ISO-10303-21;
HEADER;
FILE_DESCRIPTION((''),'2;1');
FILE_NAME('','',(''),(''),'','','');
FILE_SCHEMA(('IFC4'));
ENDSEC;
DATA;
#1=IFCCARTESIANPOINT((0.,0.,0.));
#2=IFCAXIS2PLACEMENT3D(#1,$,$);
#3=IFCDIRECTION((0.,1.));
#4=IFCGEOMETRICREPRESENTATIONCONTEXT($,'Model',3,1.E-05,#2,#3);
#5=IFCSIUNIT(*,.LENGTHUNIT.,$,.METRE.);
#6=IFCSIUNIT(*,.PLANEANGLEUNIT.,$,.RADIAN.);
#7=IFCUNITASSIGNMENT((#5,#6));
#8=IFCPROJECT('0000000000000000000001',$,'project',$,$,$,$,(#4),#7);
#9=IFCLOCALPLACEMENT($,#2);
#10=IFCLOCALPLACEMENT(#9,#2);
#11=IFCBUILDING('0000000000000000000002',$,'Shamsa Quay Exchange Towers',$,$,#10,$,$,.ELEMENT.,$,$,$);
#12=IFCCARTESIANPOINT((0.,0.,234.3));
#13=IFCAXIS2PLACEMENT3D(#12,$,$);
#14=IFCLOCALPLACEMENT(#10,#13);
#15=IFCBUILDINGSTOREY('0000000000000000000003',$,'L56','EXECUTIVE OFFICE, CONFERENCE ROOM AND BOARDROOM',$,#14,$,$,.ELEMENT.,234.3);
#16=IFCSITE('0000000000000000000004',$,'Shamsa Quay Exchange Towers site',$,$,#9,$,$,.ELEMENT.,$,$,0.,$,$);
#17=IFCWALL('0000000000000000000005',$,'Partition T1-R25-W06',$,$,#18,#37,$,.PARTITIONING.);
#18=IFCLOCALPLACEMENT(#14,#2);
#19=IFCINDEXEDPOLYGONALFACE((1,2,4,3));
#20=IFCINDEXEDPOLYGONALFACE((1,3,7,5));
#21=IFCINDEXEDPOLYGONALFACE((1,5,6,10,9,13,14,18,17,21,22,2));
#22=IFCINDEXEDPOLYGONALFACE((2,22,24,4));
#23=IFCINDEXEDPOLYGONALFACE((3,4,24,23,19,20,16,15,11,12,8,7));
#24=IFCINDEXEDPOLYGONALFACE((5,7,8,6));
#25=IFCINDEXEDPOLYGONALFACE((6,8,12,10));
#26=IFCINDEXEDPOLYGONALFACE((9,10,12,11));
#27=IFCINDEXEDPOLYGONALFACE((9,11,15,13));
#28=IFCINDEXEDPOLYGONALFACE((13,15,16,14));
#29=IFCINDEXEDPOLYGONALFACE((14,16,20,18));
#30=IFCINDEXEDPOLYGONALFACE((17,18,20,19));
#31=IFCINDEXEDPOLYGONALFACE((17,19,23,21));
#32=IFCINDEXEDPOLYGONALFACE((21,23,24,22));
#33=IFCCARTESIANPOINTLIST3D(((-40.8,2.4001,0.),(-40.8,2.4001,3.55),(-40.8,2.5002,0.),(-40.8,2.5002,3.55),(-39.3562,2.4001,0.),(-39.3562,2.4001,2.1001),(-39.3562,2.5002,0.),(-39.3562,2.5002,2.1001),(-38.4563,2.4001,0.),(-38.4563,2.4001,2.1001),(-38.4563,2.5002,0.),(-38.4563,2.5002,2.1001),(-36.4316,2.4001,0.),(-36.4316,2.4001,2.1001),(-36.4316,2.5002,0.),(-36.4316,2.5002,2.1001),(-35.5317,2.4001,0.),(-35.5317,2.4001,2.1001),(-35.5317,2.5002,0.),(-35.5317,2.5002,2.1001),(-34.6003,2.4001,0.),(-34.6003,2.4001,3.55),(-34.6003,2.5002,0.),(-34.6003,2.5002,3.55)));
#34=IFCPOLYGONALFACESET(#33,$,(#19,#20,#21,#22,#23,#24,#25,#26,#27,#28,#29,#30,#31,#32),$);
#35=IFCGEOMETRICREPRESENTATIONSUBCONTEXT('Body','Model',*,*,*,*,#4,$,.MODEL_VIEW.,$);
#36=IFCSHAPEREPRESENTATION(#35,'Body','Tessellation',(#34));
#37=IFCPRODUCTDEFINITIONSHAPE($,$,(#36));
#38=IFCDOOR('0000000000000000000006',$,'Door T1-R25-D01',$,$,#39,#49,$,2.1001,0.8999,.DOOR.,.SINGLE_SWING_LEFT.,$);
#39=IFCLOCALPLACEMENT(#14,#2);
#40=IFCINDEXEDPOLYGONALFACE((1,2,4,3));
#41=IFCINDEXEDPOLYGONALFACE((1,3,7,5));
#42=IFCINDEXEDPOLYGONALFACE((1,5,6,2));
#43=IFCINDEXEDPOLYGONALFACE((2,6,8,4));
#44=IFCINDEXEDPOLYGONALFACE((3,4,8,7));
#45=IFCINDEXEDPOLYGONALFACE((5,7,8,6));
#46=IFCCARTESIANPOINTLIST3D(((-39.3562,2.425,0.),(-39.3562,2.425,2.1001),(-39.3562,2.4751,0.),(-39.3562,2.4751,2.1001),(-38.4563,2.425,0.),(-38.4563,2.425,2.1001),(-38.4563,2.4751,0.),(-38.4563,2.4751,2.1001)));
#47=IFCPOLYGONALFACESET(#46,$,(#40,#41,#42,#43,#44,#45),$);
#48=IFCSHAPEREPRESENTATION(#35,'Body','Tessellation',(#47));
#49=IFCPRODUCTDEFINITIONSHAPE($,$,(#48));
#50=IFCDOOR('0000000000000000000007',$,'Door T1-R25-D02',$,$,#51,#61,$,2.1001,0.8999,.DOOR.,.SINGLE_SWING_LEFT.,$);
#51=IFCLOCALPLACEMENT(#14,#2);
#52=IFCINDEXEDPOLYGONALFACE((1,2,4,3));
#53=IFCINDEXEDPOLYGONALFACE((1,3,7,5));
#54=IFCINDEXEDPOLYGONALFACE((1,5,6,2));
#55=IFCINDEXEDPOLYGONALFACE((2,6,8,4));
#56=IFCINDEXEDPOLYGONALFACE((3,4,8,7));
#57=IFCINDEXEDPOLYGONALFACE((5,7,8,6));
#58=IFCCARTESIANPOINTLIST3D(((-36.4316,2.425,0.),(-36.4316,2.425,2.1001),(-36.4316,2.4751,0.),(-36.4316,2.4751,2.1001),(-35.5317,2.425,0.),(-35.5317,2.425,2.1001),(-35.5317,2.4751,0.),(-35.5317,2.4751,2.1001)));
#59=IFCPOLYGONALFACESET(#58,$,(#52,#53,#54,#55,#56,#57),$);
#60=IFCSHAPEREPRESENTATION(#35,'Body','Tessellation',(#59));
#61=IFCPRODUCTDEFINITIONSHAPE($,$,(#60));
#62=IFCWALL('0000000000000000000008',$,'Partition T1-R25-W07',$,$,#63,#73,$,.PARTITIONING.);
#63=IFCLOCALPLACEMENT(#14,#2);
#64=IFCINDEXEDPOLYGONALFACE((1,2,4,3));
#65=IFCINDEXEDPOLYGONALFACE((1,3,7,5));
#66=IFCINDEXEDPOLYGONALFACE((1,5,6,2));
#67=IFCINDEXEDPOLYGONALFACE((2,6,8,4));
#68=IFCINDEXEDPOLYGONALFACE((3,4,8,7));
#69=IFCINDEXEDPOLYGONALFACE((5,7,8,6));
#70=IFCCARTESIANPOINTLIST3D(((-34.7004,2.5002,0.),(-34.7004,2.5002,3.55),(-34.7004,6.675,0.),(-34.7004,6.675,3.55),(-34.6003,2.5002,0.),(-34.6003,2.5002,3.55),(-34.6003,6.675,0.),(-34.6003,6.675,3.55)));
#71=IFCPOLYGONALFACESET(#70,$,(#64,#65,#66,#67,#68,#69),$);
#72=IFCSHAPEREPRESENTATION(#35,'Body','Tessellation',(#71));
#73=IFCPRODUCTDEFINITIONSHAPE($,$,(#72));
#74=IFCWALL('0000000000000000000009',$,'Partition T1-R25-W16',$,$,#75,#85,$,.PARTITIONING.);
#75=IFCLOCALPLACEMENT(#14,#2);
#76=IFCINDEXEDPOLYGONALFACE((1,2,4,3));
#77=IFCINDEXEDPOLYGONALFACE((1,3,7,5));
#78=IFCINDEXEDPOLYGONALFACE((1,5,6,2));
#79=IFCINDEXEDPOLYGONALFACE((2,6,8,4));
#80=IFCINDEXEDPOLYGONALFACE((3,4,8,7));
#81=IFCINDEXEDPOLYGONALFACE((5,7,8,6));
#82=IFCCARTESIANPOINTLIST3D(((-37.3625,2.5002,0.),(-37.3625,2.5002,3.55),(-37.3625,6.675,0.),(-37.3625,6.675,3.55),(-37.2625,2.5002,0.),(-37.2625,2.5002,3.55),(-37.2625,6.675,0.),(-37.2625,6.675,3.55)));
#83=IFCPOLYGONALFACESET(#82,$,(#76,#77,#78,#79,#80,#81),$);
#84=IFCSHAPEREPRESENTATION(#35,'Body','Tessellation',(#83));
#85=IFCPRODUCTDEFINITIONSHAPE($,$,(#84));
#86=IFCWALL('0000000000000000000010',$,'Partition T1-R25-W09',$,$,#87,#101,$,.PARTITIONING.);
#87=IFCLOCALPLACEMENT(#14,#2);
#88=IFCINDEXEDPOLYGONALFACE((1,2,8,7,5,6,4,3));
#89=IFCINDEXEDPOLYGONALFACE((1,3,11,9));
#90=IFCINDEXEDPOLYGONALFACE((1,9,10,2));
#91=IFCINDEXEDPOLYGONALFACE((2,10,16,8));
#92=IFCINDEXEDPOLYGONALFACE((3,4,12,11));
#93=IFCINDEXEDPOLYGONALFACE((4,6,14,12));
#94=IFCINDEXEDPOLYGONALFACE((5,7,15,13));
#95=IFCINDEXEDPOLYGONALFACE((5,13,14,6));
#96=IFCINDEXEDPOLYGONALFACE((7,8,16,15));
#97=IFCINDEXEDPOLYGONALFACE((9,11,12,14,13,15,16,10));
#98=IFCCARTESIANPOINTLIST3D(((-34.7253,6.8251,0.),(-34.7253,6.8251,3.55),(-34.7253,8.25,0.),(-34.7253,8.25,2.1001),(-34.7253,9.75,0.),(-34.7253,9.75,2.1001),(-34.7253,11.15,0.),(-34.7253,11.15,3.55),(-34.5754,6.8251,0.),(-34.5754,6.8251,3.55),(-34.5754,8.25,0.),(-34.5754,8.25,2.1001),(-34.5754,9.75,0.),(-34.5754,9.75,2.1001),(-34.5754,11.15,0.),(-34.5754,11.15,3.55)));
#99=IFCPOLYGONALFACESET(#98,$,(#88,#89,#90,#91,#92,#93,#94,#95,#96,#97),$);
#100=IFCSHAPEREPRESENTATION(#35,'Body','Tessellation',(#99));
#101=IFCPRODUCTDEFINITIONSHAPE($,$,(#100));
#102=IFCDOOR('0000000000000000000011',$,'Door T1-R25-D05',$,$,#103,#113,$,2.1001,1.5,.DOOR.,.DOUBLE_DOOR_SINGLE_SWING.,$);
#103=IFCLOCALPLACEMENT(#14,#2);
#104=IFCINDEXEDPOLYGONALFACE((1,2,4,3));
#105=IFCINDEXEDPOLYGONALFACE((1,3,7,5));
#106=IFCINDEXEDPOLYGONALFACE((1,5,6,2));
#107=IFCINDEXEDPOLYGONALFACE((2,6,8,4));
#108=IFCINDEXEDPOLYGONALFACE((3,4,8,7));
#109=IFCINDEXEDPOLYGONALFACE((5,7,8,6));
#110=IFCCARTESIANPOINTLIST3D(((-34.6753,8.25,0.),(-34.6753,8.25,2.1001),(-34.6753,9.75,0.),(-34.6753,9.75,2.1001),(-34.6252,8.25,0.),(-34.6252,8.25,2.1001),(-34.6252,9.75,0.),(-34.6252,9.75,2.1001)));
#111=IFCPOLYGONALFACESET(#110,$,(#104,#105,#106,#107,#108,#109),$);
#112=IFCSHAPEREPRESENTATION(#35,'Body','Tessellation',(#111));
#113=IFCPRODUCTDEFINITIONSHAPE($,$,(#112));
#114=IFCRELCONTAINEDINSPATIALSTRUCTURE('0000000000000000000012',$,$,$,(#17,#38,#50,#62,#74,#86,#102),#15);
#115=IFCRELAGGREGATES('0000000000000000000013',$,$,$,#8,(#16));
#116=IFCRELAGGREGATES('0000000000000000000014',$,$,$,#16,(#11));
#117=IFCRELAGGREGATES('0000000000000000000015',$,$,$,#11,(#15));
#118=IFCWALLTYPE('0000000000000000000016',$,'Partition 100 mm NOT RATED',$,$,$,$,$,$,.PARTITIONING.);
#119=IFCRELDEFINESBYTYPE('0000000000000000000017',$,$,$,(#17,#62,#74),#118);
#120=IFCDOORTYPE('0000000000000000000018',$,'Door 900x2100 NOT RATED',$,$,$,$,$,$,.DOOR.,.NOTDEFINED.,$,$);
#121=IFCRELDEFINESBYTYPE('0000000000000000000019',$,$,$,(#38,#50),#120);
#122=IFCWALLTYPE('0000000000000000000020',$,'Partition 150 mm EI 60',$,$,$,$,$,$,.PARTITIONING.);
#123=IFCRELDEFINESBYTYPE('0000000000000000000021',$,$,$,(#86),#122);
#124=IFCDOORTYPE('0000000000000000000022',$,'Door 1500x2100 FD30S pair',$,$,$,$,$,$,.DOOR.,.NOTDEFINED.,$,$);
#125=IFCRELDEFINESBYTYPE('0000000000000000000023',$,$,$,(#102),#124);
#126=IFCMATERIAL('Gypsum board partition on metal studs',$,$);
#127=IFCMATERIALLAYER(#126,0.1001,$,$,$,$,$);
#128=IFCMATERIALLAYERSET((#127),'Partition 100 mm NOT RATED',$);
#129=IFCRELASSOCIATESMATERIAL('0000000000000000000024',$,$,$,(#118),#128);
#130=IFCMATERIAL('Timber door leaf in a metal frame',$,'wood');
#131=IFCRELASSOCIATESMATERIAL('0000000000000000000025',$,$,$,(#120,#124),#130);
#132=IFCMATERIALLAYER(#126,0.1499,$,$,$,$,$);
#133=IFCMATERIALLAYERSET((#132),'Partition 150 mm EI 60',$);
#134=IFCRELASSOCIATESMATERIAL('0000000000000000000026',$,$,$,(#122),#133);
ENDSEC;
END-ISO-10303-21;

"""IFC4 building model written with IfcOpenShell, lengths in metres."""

from ifc_helpers import new_model, si_unit, direction, frame, frame_2d, origin, place, context, subcontext, project, spatial, rectangle, extrude, material, layer, layer_set, type_object, element, fill, save


model = new_model("IFC4")

# Units and contexts
model_context = context("Model", 3, precision=1e-05, world=origin(), true_north=direction((0.0, 1.0)))
body_context = subcontext(model_context, "Body", "Model", "MODEL_VIEW")
ifc_project = project(units=[si_unit("LENGTHUNIT", "METRE"), si_unit("PLANEANGLEUNIT", "RADIAN")], contexts=[model_context])

# Site, building, storey
site_placement = place(None, origin())
site = spatial("IfcSite", under=ifc_project, at=site_placement, Name="Shamsa Quay Exchange Towers site", CompositionType="ELEMENT", RefElevation=0.0)
building_placement = place(site_placement, origin())
building = spatial("IfcBuilding", under=site, at=building_placement, Name="Shamsa Quay Exchange Towers", CompositionType="ELEMENT")
storey_placement = place(building_placement, frame((0.0, 0.0, 234.3)))
storey = spatial("IfcBuildingStorey", under=building, at=storey_placement, Name="L56", Description="EXECUTIVE OFFICE, CONFERENCE ROOM AND BOARDROOM", CompositionType="ELEMENT", Elevation=234.3)

# Shared definitions
ifc_material_1 = material(Name="Timber door leaf in a metal frame", Category="wood")

# Wall, openings, doors
ifc_material_2 = material(Name="Gypsum board partition on metal studs")
ifc_layer_1 = layer(ifc_material_2, 0.1001)
ifc_layer_set_1 = layer_set([ifc_layer_1], Name="Partition 100 mm NOT RATED")
wall_type_1 = type_object("IfcWallType", Name="Partition 100 mm NOT RATED", PredefinedType="PARTITIONING", material=ifc_layer_set_1)
wall_1_placement = place(storey_placement, frame((-40.8, 2.4502, 0.0)))
wall_1 = element("IfcWall", 1, at=wall_1_placement, inside=storey, type_object=wall_type_1, Name="Partition T1-R25-W06", PredefinedType="PARTITIONING", context=body_context, shape_type="SweptSolid", body=[
    extrude(rectangle(XDim=6.1997, YDim=0.1001, at=frame_2d((3.0999, 0.0))), origin(), (0.0, 0.0, 1.0), 3.55),
])
opening_1_placement = place(wall_1_placement, frame((1.4438, 0.0, 0.0)))
opening_1 = element("IfcOpeningElement", 2, at=opening_1_placement, cuts=wall_1, PredefinedType="OPENING", context=body_context, shape_type="SweptSolid", body=[
    extrude(rectangle(XDim=0.8999, YDim=2.1001, at=frame_2d((0.45, 1.05))), frame((0.0, 0.0601, 0.0), z_axis=(0.0, -1.0, 0.0), x_axis=(1.0, 0.0, 0.0)), (0.0, 0.0, 1.0), 0.1201),
])
opening_2_placement = place(wall_1_placement, frame((4.3684, 0.0, 0.0)))
opening_2 = element("IfcOpeningElement", 3, at=opening_2_placement, cuts=wall_1, PredefinedType="OPENING", context=body_context, shape_type="SweptSolid", body=[
    extrude(rectangle(XDim=0.8999, YDim=2.1001, at=frame_2d((0.45, 1.05))), frame((0.0, 0.0601, 0.0), z_axis=(0.0, -1.0, 0.0), x_axis=(1.0, 0.0, 0.0)), (0.0, 0.0, 1.0), 0.1201),
])
door_type_1 = type_object("IfcDoorType", Name="Door 900x2100 NOT RATED", OperationType="NOTDEFINED", PredefinedType="DOOR", material=ifc_material_1)
door_1_placement = place(opening_1_placement, origin())
door_1 = element("IfcDoor", 4, at=door_1_placement, inside=storey, type_object=door_type_1, Name="Door T1-R25-D01", OperationType="SINGLE_SWING_LEFT", OverallHeight=2.1001, OverallWidth=0.8999, PredefinedType="DOOR", context=body_context, shape_type="SweptSolid", body=[
    extrude(rectangle(XDim=0.8999, YDim=2.1001, at=frame_2d((0.45, 1.05))), frame((0.0, 0.0249, 0.0), z_axis=(0.0, -1.0, 0.0), x_axis=(1.0, 0.0, 0.0)), (0.0, 0.0, 1.0), 0.05),
])
fill(opening_1, door_1)
door_2_placement = place(opening_2_placement, origin())
door_2 = element("IfcDoor", 5, at=door_2_placement, inside=storey, type_object=door_type_1, Name="Door T1-R25-D02", OperationType="SINGLE_SWING_LEFT", OverallHeight=2.1001, OverallWidth=0.8999, PredefinedType="DOOR", context=body_context, shape_type="SweptSolid", body=[
    extrude(rectangle(XDim=0.8999, YDim=2.1001, at=frame_2d((0.45, 1.05))), frame((0.0, 0.0249, 0.0), z_axis=(0.0, -1.0, 0.0), x_axis=(1.0, 0.0, 0.0)), (0.0, 0.0, 1.0), 0.05),
])
fill(opening_2, door_2)

# Walls
for number, where, z_axis, x_axis, name in (
    (6, (-34.6504, 2.5002, 0.0), (0.0, 0.0, 1.0), (0.0, 1.0, 0.0), "Partition T1-R25-W07"),
    (7, (-37.3125, 2.5002, 0.0), (0.0, 0.0, 1.0), (0.0, 1.0, 0.0), "Partition T1-R25-W16"),
):
    element("IfcWall", number, at=place(storey_placement, frame(where, z_axis=z_axis, x_axis=x_axis)), inside=storey, type_object=wall_type_1, Name=name, PredefinedType="PARTITIONING", context=body_context, shape_type="SweptSolid", body=[
        extrude(rectangle(XDim=4.1748, YDim=0.1001, at=frame_2d((2.0874, 0.0))), origin(), (0.0, 0.0, 1.0), 3.55),
    ])

# Wall, opening, door
ifc_layer_2 = layer(ifc_material_2, 0.1499)
ifc_layer_set_2 = layer_set([ifc_layer_2], Name="Partition 150 mm EI 60")
wall_type_2 = type_object("IfcWallType", Name="Partition 150 mm EI 60", PredefinedType="PARTITIONING", material=ifc_layer_set_2)
wall_2_placement = place(storey_placement, frame((-34.6504, 6.825, 0.0), z_axis=(0.0, 0.0, 1.0), x_axis=(0.0, 1.0, 0.0)))
wall_2 = element("IfcWall", 8, at=wall_2_placement, inside=storey, type_object=wall_type_2, Name="Partition T1-R25-W09", PredefinedType="PARTITIONING", context=body_context, shape_type="SweptSolid", body=[
    extrude(rectangle(XDim=4.325, YDim=0.1499, at=frame_2d((2.1626, 0.0))), origin(), (0.0, 0.0, 1.0), 3.55),
])
opening_3_placement = place(wall_2_placement, frame((1.425, 0.0, 0.0)))
opening_3 = element("IfcOpeningElement", 9, at=opening_3_placement, cuts=wall_2, PredefinedType="OPENING", context=body_context, shape_type="SweptSolid", body=[
    extrude(rectangle(XDim=1.5, YDim=2.1001, at=frame_2d((0.75, 1.05))), frame((0.0, 0.085, 0.0), z_axis=(0.0, -1.0, 0.0), x_axis=(1.0, 0.0, 0.0)), (0.0, 0.0, 1.0), 0.1699),
])
door_type_2 = type_object("IfcDoorType", Name="Door 1500x2100 FD30S pair", OperationType="NOTDEFINED", PredefinedType="DOOR", material=ifc_material_1)
door_3_placement = place(opening_3_placement, origin())
door_3 = element("IfcDoor", 10, at=door_3_placement, inside=storey, type_object=door_type_2, Name="Door T1-R25-D05", OperationType="DOUBLE_DOOR_SINGLE_SWING", OverallHeight=2.1001, OverallWidth=1.5, PredefinedType="DOOR", context=body_context, shape_type="SweptSolid", body=[
    extrude(rectangle(XDim=1.5, YDim=2.1001, at=frame_2d((0.75, 1.05))), frame((0.0, 0.0249, 0.0), z_axis=(0.0, -1.0, 0.0), x_axis=(1.0, 0.0, 0.0)), (0.0, 0.0, 1.0), 0.05),
])
fill(opening_3, door_3)

save(model, "model.ifc")
